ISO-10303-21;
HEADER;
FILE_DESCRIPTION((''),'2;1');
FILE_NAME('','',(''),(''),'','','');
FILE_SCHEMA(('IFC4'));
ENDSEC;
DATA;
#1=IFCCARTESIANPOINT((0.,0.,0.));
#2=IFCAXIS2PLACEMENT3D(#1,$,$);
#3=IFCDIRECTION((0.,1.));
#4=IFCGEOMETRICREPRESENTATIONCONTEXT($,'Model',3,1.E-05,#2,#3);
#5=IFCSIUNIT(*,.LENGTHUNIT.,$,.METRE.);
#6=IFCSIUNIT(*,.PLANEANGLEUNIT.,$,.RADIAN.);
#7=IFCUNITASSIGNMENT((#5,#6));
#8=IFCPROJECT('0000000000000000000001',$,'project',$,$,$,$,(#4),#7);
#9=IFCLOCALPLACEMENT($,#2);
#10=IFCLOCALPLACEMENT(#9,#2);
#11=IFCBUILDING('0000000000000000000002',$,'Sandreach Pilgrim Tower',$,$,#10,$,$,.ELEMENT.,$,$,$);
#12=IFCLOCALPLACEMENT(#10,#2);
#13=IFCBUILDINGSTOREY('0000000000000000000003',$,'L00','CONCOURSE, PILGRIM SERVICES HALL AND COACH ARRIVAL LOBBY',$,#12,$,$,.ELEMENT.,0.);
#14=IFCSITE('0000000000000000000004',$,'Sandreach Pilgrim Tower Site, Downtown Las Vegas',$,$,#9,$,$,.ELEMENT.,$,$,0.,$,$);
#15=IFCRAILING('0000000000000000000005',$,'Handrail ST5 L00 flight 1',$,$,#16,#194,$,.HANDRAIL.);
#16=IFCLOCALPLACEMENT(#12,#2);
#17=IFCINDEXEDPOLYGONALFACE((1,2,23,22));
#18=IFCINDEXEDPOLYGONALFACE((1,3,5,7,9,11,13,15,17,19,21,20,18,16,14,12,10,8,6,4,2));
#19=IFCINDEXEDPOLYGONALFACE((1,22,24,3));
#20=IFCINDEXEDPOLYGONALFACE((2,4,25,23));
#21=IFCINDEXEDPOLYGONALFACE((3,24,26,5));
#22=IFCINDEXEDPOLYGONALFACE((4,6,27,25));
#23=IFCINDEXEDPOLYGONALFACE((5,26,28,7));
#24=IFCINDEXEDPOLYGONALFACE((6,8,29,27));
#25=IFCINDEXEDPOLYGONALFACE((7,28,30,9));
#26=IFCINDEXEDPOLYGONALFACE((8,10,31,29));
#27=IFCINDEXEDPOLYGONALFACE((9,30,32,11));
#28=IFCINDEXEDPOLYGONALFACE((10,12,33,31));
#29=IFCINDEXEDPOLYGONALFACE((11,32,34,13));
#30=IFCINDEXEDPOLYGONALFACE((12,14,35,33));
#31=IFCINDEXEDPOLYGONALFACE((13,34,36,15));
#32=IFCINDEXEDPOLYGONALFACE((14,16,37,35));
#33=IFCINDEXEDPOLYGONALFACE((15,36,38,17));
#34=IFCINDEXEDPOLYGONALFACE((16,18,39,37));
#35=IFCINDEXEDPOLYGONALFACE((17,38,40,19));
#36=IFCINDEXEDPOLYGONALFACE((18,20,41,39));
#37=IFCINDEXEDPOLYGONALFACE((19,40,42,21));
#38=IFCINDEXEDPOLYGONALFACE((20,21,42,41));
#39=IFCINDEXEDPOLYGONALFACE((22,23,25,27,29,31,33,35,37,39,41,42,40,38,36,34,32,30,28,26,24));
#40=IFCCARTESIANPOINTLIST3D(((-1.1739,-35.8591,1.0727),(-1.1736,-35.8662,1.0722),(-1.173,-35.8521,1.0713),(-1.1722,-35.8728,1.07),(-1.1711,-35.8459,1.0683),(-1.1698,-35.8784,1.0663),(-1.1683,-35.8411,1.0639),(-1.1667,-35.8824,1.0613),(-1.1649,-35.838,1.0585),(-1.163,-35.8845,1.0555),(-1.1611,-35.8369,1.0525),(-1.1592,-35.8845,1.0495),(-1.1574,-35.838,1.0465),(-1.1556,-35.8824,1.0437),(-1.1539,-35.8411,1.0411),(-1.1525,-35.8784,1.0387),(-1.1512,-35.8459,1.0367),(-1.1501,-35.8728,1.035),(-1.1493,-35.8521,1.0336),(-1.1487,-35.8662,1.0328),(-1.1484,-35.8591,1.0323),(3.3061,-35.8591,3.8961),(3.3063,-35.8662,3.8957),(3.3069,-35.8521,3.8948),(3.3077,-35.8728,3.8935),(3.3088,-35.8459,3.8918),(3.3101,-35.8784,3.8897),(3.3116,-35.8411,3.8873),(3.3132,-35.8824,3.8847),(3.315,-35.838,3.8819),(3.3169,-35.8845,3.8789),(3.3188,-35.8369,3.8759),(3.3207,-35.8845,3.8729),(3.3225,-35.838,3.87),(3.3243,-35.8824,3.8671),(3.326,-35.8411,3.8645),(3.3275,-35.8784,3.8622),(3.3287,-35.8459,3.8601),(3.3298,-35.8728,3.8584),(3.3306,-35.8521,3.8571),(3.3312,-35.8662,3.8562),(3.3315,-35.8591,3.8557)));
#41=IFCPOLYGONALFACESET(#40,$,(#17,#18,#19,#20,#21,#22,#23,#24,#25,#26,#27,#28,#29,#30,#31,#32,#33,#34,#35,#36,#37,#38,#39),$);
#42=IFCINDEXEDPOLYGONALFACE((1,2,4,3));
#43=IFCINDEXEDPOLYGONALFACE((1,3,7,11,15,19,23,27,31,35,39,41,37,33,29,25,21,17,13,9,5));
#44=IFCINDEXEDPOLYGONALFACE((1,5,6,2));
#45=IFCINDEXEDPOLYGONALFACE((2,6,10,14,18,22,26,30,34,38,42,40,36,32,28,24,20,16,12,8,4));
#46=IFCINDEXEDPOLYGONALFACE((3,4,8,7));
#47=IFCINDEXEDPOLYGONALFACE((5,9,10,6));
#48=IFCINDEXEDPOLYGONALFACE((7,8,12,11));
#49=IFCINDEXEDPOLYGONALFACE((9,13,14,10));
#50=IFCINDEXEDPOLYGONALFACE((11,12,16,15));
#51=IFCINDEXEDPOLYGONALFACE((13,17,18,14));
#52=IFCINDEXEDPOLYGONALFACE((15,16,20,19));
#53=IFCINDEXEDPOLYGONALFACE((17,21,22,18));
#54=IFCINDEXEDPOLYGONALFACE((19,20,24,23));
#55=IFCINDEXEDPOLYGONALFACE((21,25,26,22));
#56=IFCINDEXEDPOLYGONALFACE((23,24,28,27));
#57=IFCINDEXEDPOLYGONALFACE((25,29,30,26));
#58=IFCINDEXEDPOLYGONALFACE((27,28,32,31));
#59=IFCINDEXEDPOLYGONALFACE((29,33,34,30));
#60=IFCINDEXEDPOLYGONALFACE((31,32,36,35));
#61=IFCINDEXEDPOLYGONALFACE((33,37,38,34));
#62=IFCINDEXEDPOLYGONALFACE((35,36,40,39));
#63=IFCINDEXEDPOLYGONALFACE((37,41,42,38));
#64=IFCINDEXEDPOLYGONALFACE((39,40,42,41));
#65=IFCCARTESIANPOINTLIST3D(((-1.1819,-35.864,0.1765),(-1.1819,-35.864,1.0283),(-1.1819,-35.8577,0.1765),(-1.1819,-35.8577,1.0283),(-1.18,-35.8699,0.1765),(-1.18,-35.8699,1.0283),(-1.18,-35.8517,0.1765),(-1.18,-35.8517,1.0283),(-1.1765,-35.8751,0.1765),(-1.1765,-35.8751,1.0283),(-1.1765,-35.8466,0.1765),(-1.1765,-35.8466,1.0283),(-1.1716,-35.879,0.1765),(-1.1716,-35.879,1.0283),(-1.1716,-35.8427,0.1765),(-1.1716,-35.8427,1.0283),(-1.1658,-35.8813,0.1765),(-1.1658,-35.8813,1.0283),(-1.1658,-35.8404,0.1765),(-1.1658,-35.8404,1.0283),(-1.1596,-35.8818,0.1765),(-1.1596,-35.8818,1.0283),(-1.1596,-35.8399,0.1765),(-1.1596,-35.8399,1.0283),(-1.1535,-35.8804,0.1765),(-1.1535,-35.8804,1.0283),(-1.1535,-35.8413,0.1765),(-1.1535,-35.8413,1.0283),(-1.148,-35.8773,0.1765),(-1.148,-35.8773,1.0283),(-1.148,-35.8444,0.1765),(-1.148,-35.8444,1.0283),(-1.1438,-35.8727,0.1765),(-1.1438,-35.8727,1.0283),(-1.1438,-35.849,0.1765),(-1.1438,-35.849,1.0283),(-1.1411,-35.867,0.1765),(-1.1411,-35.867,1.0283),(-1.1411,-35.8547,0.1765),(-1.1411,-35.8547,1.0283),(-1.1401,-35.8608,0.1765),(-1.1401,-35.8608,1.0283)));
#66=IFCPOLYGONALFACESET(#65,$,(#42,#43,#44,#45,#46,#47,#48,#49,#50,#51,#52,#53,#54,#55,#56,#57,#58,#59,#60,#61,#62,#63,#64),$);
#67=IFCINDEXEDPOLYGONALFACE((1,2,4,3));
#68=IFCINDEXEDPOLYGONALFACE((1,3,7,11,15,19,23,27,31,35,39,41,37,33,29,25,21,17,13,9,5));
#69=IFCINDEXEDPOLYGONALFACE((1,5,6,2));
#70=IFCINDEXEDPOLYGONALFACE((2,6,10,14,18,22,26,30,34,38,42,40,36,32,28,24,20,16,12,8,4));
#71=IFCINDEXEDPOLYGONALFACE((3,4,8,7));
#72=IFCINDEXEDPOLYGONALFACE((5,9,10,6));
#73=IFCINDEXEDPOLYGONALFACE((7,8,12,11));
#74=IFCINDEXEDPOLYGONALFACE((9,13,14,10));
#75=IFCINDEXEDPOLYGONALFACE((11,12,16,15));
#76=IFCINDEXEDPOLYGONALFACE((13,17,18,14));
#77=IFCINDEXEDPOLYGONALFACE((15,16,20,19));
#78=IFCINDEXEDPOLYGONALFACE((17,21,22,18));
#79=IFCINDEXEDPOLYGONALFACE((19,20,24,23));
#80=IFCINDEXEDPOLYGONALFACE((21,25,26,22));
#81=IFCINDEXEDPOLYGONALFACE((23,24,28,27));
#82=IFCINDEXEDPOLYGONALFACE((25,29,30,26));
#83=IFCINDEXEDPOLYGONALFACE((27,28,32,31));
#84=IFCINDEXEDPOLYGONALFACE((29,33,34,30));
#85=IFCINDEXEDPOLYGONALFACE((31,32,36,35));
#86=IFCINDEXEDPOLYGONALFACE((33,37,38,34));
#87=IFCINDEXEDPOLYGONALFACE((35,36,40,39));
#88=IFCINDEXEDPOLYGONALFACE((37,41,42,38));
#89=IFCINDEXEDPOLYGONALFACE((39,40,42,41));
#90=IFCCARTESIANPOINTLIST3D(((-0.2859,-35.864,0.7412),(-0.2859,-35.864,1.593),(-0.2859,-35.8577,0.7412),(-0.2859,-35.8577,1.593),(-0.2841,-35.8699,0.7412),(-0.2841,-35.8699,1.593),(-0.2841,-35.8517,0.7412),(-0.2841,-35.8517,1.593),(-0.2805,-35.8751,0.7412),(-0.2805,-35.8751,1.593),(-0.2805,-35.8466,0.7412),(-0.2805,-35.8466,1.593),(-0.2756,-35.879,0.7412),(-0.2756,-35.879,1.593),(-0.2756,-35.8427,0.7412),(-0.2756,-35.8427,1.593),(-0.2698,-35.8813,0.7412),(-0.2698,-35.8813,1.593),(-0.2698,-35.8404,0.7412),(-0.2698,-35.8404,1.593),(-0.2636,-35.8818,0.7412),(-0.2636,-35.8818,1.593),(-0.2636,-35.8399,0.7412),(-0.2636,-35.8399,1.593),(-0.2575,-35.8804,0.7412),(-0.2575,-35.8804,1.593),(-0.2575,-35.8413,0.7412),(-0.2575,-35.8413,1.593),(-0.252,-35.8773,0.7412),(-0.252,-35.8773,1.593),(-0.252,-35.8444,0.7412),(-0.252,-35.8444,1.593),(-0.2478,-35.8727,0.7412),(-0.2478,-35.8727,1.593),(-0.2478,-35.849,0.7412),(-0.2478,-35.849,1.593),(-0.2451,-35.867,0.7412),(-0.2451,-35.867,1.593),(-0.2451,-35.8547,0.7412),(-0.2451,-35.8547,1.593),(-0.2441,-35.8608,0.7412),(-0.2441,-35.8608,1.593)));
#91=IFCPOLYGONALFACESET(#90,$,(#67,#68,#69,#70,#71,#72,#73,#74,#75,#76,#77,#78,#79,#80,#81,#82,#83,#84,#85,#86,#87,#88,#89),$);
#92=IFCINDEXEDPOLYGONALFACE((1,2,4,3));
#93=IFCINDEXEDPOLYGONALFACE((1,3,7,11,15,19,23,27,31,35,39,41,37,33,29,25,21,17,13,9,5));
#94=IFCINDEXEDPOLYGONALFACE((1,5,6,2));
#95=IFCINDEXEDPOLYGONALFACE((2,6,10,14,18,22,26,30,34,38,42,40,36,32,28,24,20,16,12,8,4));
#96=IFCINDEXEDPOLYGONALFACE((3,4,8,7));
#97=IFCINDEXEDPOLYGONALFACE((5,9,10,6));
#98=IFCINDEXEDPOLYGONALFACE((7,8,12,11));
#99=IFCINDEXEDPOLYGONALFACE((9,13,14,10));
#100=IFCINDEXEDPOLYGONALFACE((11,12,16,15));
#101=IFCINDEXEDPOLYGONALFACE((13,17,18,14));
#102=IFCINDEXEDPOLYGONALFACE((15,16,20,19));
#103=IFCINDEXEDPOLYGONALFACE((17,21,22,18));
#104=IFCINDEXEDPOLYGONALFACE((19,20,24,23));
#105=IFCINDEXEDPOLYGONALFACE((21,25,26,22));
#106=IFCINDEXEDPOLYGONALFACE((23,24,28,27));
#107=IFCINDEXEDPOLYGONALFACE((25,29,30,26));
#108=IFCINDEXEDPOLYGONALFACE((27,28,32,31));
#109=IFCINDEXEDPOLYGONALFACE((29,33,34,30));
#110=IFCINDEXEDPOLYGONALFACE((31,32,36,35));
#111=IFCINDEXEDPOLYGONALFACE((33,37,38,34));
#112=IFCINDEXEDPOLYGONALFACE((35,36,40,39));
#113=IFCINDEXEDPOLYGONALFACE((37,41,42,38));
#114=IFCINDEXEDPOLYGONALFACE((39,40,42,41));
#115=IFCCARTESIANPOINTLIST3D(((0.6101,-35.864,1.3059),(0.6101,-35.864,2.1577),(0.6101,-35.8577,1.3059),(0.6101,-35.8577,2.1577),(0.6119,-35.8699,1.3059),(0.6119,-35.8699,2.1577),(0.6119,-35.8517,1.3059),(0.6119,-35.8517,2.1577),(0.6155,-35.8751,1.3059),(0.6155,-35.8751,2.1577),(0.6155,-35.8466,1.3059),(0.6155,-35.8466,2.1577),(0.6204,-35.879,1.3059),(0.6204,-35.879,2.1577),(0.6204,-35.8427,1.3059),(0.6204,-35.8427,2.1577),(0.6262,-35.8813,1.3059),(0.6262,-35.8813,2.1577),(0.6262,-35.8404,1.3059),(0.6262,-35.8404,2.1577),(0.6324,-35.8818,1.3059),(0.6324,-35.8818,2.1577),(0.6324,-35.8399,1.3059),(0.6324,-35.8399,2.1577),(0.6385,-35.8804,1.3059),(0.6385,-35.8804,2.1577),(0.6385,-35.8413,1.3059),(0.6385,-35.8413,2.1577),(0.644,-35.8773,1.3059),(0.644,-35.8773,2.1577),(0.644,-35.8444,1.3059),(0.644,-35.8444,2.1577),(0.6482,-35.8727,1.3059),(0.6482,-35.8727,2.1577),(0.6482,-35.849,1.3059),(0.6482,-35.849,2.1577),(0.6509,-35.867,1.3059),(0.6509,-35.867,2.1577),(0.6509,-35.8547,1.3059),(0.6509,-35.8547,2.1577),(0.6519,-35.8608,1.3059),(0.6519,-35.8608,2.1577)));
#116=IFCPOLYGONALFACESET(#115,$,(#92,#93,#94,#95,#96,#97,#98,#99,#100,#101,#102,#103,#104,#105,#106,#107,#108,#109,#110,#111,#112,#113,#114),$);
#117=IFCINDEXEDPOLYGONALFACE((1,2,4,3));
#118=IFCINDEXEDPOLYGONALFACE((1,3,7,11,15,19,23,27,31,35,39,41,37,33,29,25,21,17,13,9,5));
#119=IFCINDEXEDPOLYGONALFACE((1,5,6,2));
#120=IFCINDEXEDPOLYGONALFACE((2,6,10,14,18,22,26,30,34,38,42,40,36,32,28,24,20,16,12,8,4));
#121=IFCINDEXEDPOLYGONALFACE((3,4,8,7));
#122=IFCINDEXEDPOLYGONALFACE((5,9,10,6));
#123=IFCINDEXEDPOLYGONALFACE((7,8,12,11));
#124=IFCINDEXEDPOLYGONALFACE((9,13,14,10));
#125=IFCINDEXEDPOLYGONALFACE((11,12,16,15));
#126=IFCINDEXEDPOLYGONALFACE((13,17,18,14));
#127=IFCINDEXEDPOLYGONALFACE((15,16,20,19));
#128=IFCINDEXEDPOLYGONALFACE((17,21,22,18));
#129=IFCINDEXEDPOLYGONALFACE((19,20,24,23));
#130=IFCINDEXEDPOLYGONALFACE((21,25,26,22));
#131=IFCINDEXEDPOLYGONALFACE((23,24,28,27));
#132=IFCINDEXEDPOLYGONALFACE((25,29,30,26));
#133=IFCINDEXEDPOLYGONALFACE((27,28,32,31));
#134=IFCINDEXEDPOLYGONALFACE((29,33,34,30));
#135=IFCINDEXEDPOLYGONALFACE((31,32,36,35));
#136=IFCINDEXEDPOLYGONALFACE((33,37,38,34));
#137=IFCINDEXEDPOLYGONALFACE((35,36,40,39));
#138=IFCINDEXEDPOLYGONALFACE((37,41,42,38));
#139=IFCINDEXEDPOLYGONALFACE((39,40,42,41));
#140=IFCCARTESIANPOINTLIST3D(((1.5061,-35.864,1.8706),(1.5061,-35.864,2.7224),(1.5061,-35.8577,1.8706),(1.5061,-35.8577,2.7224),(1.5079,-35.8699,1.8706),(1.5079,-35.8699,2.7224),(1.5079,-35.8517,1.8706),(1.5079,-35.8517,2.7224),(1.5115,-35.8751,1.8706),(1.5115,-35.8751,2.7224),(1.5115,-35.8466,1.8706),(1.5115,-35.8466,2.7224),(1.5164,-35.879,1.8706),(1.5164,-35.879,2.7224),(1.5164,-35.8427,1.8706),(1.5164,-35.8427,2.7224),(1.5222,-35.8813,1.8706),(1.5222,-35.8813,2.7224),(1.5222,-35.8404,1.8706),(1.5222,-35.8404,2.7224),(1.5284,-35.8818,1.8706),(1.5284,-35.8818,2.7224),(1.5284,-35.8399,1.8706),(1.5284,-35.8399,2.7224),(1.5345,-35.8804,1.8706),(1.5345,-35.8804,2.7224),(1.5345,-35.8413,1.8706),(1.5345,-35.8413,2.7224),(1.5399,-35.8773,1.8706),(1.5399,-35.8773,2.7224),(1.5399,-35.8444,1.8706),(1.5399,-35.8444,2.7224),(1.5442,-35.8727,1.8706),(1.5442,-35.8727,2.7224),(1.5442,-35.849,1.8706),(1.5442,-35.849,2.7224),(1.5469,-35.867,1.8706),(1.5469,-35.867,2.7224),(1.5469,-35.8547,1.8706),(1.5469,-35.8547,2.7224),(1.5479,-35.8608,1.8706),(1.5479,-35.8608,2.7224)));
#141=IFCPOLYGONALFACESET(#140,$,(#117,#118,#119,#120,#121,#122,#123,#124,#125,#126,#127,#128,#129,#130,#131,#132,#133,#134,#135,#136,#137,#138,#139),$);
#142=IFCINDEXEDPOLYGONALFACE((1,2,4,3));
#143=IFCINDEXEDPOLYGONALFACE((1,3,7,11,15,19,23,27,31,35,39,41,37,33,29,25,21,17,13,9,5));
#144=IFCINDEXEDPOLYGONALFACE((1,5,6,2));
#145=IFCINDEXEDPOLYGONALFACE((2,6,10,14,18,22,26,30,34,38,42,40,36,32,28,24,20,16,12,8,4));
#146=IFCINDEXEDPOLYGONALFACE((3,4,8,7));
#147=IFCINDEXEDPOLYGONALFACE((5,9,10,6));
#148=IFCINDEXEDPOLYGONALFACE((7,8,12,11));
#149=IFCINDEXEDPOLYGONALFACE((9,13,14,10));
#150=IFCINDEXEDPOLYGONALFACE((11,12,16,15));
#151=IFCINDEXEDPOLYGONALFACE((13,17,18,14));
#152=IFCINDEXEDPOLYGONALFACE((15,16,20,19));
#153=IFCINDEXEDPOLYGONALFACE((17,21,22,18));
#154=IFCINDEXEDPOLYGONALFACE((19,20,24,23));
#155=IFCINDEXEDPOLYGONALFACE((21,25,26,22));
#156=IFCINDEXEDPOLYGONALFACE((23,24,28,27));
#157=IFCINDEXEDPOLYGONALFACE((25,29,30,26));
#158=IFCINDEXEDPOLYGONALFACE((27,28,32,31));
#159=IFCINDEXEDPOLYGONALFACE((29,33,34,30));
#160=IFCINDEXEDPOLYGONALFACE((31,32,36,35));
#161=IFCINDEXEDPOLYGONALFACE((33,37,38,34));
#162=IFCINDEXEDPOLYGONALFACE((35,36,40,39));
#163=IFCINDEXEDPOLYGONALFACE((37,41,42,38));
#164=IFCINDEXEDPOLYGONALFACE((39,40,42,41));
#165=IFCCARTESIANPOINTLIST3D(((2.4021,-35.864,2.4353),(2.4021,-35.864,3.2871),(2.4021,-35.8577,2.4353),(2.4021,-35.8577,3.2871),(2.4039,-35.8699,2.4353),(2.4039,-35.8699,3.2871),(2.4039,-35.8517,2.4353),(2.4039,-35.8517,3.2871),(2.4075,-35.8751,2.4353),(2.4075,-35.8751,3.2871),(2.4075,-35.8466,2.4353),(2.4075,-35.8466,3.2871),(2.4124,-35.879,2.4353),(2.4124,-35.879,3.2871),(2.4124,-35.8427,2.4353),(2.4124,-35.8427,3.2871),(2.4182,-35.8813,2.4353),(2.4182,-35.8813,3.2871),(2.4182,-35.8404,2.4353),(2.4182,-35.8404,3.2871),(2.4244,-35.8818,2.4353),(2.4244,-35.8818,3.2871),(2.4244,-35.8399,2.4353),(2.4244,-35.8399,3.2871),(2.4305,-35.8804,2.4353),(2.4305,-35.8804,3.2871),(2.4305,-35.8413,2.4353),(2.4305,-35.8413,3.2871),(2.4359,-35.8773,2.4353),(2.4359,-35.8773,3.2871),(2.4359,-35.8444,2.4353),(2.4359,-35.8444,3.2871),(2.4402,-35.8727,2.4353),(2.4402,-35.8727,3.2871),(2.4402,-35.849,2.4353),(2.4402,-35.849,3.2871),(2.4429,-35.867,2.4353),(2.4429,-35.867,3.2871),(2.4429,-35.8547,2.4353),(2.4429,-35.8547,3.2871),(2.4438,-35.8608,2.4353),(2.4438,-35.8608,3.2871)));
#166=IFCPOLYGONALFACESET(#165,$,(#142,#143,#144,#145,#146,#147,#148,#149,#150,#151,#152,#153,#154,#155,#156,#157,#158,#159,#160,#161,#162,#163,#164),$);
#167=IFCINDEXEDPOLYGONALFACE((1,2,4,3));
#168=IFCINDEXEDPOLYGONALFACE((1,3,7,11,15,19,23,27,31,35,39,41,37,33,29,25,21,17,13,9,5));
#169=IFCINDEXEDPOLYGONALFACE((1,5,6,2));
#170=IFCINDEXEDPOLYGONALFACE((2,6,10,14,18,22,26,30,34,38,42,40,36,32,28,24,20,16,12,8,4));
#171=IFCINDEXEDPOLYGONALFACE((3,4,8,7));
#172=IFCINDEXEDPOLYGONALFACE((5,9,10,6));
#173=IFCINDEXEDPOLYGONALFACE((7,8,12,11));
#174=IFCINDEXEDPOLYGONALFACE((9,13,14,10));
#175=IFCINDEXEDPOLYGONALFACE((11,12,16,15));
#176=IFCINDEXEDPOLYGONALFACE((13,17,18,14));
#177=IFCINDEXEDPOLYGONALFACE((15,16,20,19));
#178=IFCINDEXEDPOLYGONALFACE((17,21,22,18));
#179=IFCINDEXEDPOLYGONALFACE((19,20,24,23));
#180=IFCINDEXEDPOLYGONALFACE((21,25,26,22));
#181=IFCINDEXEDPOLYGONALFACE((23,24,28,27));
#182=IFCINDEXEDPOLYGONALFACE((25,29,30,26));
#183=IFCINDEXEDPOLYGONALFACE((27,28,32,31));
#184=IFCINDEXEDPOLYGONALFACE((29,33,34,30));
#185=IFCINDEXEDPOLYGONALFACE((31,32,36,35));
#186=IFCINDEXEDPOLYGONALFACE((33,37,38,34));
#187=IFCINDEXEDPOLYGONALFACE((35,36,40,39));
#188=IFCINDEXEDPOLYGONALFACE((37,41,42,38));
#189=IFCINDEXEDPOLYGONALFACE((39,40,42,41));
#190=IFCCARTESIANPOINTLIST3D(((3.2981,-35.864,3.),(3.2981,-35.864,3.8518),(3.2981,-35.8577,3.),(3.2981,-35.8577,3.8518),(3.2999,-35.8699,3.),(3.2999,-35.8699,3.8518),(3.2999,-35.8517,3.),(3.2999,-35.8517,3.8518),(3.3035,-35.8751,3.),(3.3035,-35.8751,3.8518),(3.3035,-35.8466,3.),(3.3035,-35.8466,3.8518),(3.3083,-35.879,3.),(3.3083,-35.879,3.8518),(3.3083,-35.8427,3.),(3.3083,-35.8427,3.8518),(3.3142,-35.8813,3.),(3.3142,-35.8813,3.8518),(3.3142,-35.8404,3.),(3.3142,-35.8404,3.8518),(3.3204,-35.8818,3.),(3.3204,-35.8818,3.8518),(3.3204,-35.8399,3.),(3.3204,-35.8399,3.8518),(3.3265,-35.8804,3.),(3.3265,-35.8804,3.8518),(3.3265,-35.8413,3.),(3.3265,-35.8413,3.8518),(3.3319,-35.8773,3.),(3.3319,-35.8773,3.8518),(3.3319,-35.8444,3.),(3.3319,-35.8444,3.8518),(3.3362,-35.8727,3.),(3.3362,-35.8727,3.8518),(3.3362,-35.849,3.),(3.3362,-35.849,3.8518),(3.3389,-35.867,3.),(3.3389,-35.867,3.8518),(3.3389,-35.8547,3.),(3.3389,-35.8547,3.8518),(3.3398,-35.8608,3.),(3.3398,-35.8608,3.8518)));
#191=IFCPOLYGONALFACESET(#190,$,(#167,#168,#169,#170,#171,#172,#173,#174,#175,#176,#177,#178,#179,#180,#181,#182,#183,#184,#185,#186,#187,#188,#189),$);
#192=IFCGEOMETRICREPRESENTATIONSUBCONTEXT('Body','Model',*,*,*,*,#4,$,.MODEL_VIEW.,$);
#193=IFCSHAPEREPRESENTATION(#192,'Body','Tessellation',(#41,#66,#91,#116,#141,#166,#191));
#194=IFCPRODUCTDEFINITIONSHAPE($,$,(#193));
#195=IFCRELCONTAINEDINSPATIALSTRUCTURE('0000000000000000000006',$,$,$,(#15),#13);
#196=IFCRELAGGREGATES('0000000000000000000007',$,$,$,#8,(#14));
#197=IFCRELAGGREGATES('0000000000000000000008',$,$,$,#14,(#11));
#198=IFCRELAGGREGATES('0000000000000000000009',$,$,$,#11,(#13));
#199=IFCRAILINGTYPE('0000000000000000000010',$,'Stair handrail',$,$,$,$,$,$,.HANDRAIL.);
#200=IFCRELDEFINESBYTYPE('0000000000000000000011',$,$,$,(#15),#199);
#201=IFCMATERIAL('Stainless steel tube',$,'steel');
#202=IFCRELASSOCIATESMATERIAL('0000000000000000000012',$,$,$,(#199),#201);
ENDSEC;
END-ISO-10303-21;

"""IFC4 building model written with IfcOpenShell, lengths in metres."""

from ifc_helpers import new_model, si_unit, direction, frame, origin, origin_2d, place, context, subcontext, project, spatial, circle, extrude, material, type_object, element, save


model = new_model("IFC4")

# Units and contexts
model_context = context("Model", 3, precision=1e-05, world=origin(), true_north=direction((0.0, 1.0)))
body_context = subcontext(model_context, "Body", "Model", "MODEL_VIEW")
ifc_project = project(units=[si_unit("LENGTHUNIT", "METRE"), si_unit("PLANEANGLEUNIT", "RADIAN")], contexts=[model_context])

# Site, building, storey
site_placement = place(None, origin())
site = spatial("IfcSite", under=ifc_project, at=site_placement, Name="Sandreach Pilgrim Tower Site, Downtown Las Vegas", CompositionType="ELEMENT", RefElevation=0.0)
building_placement = place(site_placement, origin())
building = spatial("IfcBuilding", under=site, at=building_placement, Name="Sandreach Pilgrim Tower", CompositionType="ELEMENT")
storey_placement = place(building_placement, origin())
storey = spatial("IfcBuildingStorey", under=building, at=storey_placement, Name="L00", Description="CONCOURSE, PILGRIM SERVICES HALL AND COACH ARRIVAL LOBBY", CompositionType="ELEMENT", Elevation=0.0)

# Railing
ifc_material_1 = material(Name="Stainless steel tube", Category="steel")
railing_type = type_object("IfcRailingType", Name="Stair handrail", PredefinedType="HANDRAIL", material=ifc_material_1)
for number, where, name in (
    (1, (-1.1611, -35.8608, 0.1765), "Handrail ST5 L00 flight 1"),
):
    element("IfcRailing", number, at=place(storey_placement, frame(where)), inside=storey, type_object=railing_type, Name=name, PredefinedType="HANDRAIL", context=body_context, shape_type="SweptSolid", body=[
        extrude(circle(Radius=0.0239, at=origin_2d()), frame((0.0, 0.0, 0.876), z_axis=(0.845998, 0.0, 0.533186), x_axis=(0.0, 1.0, 0.0)), (0.0, 0.0, 1.0), 5.2954),
        extrude(circle(Radius=0.021, at=origin_2d()), origin(), (0.0, 0.0, 1.0), 0.8518),
        extrude(circle(Radius=0.021, at=origin_2d()), frame((0.896, 0.0, 0.5647)), (0.0, 0.0, 1.0), 0.8518),
        extrude(circle(Radius=0.021, at=origin_2d()), frame((1.792, 0.0, 1.1294)), (0.0, 0.0, 1.0), 0.8518),
        extrude(circle(Radius=0.021, at=origin_2d()), frame((2.688, 0.0, 1.6941)), (0.0, 0.0, 1.0), 0.8518),
        extrude(circle(Radius=0.021, at=origin_2d()), frame((3.584, 0.0, 2.2588)), (0.0, 0.0, 1.0), 0.8518),
        extrude(circle(Radius=0.021, at=origin_2d()), frame((4.48, 0.0, 2.8235)), (0.0, 0.0, 1.0), 0.8518),
    ])

save(model, "model.ifc")
